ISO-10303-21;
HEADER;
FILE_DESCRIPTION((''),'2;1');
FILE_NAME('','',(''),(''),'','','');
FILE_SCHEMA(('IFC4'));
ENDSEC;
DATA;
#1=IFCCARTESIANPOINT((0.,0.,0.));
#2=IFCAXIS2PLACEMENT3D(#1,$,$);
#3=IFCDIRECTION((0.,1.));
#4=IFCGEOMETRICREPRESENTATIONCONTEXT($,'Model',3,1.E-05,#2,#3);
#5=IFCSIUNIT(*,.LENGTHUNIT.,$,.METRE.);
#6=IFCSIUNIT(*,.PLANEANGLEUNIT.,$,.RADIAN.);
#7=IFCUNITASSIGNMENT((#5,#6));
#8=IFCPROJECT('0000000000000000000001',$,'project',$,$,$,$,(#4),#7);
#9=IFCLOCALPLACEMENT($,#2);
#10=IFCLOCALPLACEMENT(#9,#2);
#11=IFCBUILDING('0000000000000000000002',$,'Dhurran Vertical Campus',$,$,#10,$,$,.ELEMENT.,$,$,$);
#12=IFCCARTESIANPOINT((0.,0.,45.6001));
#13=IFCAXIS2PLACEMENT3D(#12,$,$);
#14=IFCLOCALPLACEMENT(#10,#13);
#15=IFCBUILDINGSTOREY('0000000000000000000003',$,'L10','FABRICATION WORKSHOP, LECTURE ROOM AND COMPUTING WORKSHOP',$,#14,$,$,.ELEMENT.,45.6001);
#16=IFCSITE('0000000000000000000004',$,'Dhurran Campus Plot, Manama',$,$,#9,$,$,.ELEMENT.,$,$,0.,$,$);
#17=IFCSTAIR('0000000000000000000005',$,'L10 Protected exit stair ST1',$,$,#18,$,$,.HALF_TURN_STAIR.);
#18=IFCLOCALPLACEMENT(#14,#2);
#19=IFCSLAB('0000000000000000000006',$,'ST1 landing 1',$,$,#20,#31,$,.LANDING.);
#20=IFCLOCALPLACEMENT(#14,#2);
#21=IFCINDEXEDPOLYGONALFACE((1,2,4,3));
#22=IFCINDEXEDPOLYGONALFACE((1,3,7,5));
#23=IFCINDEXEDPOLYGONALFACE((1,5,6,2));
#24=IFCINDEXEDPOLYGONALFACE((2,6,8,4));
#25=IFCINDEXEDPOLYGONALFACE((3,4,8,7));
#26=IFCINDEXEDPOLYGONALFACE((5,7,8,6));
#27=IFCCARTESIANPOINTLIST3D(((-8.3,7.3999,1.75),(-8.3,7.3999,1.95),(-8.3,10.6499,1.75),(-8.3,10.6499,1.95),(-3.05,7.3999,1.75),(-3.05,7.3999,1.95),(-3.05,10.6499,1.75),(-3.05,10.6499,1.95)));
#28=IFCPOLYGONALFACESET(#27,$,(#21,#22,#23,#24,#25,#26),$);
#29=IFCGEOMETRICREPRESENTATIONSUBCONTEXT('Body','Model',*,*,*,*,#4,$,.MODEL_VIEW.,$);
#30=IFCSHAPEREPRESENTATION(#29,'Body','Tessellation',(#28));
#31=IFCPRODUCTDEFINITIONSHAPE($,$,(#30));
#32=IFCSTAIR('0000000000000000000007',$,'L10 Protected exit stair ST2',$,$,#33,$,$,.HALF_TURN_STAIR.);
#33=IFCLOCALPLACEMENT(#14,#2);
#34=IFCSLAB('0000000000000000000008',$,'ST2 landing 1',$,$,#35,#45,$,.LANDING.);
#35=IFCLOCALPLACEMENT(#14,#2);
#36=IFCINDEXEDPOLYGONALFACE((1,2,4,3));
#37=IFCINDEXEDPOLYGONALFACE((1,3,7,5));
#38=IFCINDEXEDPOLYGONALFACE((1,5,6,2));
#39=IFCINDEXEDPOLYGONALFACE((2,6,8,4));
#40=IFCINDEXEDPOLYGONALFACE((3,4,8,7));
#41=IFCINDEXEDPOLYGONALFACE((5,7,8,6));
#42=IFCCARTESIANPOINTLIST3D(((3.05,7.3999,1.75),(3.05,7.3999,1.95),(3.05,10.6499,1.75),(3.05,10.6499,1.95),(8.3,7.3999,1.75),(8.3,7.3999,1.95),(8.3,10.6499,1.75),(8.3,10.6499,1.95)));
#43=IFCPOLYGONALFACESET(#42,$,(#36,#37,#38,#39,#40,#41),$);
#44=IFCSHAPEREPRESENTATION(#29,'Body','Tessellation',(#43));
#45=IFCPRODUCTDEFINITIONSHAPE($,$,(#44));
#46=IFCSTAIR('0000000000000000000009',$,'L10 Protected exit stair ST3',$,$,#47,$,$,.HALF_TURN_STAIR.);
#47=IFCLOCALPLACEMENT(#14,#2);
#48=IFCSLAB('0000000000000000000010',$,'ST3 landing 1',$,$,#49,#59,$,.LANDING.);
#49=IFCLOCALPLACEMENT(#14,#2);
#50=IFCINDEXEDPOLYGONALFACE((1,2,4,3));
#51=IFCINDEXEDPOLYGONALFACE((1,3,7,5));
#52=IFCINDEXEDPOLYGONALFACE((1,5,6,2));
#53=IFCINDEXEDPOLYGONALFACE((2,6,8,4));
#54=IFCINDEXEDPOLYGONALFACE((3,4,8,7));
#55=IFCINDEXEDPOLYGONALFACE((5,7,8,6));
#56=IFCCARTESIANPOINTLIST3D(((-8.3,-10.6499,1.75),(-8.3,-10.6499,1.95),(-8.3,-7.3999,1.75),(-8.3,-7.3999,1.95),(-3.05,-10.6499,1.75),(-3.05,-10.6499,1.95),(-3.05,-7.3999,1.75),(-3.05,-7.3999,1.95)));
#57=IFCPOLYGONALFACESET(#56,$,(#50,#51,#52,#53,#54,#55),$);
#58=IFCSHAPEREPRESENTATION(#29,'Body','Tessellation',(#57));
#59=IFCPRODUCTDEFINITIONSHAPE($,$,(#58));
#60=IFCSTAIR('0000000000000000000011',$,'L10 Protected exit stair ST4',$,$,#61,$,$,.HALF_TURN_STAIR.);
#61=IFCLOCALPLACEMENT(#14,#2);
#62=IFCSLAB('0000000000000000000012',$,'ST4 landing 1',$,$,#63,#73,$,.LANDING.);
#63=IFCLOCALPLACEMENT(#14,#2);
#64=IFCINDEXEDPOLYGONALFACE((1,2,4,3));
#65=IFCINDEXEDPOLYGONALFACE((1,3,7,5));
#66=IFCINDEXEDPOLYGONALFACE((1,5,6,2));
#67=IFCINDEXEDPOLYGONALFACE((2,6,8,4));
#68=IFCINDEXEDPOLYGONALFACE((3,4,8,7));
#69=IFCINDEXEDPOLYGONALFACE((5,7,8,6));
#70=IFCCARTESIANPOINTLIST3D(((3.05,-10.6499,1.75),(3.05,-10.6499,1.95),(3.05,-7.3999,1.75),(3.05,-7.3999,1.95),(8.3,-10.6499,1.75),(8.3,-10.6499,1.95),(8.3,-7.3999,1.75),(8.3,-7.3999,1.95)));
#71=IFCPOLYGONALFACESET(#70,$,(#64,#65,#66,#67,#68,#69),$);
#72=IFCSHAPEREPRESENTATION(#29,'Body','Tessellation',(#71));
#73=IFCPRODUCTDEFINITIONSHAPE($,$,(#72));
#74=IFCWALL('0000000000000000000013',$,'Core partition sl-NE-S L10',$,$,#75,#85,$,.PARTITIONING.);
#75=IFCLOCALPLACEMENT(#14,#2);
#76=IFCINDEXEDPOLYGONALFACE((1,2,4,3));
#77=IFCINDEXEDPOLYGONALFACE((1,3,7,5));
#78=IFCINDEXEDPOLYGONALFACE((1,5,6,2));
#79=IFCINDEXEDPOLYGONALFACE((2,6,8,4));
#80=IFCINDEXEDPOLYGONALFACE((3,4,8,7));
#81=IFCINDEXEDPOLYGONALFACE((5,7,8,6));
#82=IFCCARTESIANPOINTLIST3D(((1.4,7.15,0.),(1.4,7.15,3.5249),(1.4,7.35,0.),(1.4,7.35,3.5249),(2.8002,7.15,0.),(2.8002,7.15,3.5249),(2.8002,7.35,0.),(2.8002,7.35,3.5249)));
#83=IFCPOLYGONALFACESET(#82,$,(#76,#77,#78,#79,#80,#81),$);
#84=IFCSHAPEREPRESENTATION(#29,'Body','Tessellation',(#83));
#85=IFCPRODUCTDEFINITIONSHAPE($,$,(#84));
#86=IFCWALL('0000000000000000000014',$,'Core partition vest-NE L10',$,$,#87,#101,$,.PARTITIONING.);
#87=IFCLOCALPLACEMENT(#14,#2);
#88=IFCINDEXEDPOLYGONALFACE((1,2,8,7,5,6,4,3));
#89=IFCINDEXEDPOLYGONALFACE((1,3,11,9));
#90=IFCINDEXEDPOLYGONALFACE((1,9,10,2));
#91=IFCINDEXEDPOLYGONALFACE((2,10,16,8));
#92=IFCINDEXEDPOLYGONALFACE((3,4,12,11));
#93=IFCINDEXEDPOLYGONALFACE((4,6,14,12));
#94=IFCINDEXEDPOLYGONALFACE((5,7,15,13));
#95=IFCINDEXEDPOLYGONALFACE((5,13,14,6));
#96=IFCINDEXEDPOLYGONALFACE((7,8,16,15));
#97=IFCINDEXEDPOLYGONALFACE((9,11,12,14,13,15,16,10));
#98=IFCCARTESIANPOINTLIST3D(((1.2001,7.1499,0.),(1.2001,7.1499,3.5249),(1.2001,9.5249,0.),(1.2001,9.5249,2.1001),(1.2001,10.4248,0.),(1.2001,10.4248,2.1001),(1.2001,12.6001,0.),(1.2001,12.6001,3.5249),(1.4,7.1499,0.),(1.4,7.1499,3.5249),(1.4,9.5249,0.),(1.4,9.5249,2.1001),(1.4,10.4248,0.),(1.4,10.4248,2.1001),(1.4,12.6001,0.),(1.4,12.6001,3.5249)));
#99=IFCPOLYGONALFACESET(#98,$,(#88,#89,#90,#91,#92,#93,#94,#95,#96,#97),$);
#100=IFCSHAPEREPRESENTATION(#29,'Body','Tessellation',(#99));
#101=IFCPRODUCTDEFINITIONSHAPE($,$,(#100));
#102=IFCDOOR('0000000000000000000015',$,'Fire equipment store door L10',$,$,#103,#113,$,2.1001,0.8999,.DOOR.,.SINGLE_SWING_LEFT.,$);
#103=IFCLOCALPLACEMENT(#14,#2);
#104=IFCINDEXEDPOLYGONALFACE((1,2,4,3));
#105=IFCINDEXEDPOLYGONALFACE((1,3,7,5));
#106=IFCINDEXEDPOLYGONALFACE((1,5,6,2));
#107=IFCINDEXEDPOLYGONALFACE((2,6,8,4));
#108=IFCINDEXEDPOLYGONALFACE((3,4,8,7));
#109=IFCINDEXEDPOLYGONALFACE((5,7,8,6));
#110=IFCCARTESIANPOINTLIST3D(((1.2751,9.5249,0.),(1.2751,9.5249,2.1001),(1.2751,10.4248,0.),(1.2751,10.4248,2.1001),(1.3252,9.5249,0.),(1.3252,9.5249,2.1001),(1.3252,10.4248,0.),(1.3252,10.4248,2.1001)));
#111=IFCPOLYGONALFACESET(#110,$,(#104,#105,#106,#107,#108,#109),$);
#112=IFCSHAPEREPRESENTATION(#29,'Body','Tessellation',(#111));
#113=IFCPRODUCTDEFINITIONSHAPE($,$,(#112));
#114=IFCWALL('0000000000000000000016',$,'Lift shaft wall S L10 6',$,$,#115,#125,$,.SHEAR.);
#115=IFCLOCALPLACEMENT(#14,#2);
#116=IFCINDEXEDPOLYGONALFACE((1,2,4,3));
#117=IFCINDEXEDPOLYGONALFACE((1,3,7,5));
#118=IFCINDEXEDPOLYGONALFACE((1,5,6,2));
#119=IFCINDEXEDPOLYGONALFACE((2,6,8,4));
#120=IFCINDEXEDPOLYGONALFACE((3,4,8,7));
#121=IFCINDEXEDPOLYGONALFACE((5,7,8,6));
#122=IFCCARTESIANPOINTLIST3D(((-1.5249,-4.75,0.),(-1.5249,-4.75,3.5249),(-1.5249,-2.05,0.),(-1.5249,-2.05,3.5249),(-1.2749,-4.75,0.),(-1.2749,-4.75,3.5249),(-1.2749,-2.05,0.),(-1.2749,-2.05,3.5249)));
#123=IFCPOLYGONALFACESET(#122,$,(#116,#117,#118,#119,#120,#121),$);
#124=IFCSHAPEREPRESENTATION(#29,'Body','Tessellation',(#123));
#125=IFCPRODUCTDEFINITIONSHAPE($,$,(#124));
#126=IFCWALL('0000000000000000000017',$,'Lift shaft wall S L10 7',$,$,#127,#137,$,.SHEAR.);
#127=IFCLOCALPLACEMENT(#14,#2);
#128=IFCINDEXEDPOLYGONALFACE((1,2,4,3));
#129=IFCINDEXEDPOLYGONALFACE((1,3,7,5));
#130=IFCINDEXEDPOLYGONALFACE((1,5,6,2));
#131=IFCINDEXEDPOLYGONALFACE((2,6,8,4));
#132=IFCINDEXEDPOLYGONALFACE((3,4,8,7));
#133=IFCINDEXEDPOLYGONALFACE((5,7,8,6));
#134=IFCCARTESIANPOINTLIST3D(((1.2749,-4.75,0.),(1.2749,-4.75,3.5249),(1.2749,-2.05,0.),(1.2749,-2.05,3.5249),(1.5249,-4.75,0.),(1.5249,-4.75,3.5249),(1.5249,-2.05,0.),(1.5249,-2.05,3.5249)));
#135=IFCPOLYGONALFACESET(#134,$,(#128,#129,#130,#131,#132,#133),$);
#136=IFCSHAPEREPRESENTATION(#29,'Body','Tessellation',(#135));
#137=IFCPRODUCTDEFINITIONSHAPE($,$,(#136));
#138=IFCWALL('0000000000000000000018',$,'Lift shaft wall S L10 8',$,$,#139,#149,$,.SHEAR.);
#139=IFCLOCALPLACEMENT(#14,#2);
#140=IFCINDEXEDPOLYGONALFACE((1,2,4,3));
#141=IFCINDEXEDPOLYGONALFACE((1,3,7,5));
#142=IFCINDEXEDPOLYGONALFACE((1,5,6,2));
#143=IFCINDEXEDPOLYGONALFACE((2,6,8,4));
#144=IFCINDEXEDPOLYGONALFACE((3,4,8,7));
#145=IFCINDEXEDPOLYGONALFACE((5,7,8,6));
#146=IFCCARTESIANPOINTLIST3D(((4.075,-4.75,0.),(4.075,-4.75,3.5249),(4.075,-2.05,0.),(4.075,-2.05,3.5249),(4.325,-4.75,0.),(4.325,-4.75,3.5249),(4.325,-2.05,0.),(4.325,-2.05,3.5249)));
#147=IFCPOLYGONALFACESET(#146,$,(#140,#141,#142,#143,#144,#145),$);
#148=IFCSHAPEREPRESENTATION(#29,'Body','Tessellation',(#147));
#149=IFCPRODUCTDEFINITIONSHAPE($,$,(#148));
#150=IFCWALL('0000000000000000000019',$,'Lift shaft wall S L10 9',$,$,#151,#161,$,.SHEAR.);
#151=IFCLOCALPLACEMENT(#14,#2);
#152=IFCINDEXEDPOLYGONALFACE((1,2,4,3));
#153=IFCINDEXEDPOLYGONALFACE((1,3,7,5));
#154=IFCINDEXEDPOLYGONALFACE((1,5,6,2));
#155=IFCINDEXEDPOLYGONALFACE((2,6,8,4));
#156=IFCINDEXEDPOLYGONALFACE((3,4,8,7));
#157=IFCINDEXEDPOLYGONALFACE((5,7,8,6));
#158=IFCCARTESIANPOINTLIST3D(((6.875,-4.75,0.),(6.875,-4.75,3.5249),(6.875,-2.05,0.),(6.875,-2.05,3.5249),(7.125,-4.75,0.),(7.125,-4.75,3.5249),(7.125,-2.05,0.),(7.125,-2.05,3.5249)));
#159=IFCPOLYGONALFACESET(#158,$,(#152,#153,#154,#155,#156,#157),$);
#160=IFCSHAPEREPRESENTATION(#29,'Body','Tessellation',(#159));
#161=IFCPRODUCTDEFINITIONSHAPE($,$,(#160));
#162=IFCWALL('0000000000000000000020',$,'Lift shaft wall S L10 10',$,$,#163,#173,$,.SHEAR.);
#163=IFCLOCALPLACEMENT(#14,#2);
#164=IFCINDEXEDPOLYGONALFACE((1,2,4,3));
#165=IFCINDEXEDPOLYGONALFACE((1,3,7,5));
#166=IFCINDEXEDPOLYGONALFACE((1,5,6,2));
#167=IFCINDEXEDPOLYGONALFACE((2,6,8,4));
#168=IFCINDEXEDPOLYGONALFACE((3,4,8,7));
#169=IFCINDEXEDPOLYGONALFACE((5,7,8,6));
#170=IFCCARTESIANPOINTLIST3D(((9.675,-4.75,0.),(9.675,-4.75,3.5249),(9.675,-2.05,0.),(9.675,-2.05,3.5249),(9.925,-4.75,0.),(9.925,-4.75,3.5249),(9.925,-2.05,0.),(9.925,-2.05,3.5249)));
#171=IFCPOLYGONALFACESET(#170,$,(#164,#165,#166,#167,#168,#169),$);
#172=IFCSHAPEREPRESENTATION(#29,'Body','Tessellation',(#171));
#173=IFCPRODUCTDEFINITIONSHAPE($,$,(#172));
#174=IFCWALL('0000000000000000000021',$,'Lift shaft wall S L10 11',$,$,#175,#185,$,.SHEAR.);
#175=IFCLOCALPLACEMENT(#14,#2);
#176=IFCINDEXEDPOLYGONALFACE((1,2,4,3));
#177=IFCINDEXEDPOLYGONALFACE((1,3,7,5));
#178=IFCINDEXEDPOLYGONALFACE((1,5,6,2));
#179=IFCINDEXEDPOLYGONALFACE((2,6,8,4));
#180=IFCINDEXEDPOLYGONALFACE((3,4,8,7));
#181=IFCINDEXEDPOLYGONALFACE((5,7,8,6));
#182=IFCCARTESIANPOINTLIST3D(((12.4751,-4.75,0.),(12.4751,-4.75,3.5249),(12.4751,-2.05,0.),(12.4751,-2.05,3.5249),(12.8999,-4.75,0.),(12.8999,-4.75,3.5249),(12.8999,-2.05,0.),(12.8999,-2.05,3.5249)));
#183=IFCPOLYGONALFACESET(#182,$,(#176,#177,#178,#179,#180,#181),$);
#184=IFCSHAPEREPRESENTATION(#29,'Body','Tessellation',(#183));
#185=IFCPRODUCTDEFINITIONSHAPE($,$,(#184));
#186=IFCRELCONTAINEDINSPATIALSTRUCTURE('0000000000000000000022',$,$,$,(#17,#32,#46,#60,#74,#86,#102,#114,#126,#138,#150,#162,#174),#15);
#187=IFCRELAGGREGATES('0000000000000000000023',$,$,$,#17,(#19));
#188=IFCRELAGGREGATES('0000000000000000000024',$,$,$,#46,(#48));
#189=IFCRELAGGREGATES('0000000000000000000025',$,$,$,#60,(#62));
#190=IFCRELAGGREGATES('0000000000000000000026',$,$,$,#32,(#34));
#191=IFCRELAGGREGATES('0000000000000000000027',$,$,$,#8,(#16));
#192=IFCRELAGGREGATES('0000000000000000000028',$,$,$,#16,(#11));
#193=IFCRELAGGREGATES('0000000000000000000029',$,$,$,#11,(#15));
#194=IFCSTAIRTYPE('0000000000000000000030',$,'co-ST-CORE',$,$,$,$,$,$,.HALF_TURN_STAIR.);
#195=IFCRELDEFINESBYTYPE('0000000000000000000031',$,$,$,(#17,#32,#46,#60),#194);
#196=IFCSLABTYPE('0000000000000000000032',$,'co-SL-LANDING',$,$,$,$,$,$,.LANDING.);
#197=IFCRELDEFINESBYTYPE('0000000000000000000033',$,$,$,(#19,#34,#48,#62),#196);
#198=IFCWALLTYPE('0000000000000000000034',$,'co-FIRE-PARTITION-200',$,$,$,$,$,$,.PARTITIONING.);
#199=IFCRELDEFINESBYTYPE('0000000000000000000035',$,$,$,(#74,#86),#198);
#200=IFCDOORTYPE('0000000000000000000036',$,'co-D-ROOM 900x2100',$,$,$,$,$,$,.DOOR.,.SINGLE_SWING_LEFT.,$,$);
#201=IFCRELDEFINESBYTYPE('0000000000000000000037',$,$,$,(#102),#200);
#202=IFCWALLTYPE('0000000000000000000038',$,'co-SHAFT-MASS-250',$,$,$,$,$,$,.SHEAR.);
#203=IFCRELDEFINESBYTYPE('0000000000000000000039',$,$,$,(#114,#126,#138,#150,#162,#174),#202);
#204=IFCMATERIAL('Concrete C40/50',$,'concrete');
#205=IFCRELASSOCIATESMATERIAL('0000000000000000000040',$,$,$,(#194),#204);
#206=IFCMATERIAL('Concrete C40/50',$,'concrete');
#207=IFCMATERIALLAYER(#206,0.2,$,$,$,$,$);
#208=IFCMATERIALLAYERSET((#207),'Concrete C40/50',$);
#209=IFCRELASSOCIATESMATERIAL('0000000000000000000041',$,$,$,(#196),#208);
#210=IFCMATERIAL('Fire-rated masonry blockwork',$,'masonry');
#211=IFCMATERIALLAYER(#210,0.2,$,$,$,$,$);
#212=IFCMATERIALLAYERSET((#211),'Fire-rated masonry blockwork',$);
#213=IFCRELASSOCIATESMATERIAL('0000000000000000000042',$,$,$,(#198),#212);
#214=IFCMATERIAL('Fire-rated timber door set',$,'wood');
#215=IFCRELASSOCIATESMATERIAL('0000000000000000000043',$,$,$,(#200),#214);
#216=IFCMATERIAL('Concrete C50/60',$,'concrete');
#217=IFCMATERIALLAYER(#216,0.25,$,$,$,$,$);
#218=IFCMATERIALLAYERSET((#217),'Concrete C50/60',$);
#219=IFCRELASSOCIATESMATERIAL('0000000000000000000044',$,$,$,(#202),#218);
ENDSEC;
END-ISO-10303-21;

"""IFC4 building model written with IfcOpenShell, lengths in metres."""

from ifc_helpers import new_model, si_unit, direction, frame, frame_2d, origin, place, context, subcontext, project, spatial, polyline, rectangle, outline, extrude, material, layer, layer_set, type_object, element, fill, aggregate, save


model = new_model("IFC4")

# Units and contexts
model_context = context("Model", 3, precision=1e-05, world=origin(), true_north=direction((0.0, 1.0)))
body_context = subcontext(model_context, "Body", "Model", "MODEL_VIEW")
ifc_project = project(units=[si_unit("LENGTHUNIT", "METRE"), si_unit("PLANEANGLEUNIT", "RADIAN")], contexts=[model_context])

# Site, building, storey
site_placement = place(None, origin())
site = spatial("IfcSite", under=ifc_project, at=site_placement, Name="Dhurran Campus Plot, Manama", CompositionType="ELEMENT", RefElevation=0.0)
building_placement = place(site_placement, origin())
building = spatial("IfcBuilding", under=site, at=building_placement, Name="Dhurran Vertical Campus", CompositionType="ELEMENT")
storey_placement = place(building_placement, frame((0.0, 0.0, 45.6001)))
storey = spatial("IfcBuildingStorey", under=building, at=storey_placement, Name="L10", Description="FABRICATION WORKSHOP, LECTURE ROOM AND COMPUTING WORKSHOP", CompositionType="ELEMENT", Elevation=45.6001)

# Stairs, slabs
ifc_material_1 = material(Name="Concrete C40/50", Category="concrete")
stair_type = type_object("IfcStairType", Name="co-ST-CORE", PredefinedType="HALF_TURN_STAIR", material=ifc_material_1)
stair_1_placement = place(storey_placement, origin())
stair_1 = element("IfcStair", 1, at=stair_1_placement, inside=storey, type_object=stair_type, Name="L10 Protected exit stair ST1", PredefinedType="HALF_TURN_STAIR")
ifc_material_2 = material(Name="Concrete C40/50", Category="concrete")
ifc_layer_1 = layer(ifc_material_2, 0.2)
ifc_layer_set_1 = layer_set([ifc_layer_1], Name="Concrete C40/50")
slab_type = type_object("IfcSlabType", Name="co-SL-LANDING", PredefinedType="LANDING", material=ifc_layer_set_1)
slab_1_placement = place(storey_placement, frame((0.0, 0.0, 1.75)))
slab_1 = element("IfcSlab", 2, at=slab_1_placement, type_object=slab_type, Name="ST1 landing 1", PredefinedType="LANDING", context=body_context, shape_type="SweptSolid", body=[
    extrude(outline(polyline([(-8.3, 7.3999), (-3.05, 7.3999), (-3.05, 10.6499), (-8.3, 10.6499), (-8.3, 7.3999)])), origin(), (0.0, 0.0, 1.0), 0.2),
])
aggregate(stair_1, [slab_1])
stair_2_placement = place(storey_placement, origin())
stair_2 = element("IfcStair", 3, at=stair_2_placement, inside=storey, type_object=stair_type, Name="L10 Protected exit stair ST2", PredefinedType="HALF_TURN_STAIR")
slab_2_placement = place(storey_placement, frame((0.0, 0.0, 1.75)))
slab_2 = element("IfcSlab", 4, at=slab_2_placement, type_object=slab_type, Name="ST2 landing 1", PredefinedType="LANDING", context=body_context, shape_type="SweptSolid", body=[
    extrude(outline(polyline([(8.3, 10.6499), (3.05, 10.6499), (3.05, 7.3999), (8.3, 7.3999), (8.3, 10.6499)])), origin(), (0.0, 0.0, 1.0), 0.2),
])
stair_3_placement = place(storey_placement, origin())
stair_3 = element("IfcStair", 5, at=stair_3_placement, inside=storey, type_object=stair_type, Name="L10 Protected exit stair ST3", PredefinedType="HALF_TURN_STAIR")
slab_3_placement = place(storey_placement, frame((0.0, 0.0, 1.75)))
slab_3 = element("IfcSlab", 6, at=slab_3_placement, type_object=slab_type, Name="ST3 landing 1", PredefinedType="LANDING", context=body_context, shape_type="SweptSolid", body=[
    extrude(outline(polyline([(-8.3, -10.6499), (-3.05, -10.6499), (-3.05, -7.3999), (-8.3, -7.3999), (-8.3, -10.6499)])), origin(), (0.0, 0.0, 1.0), 0.2),
])
aggregate(stair_3, [slab_3])
stair_4_placement = place(storey_placement, origin())
stair_4 = element("IfcStair", 7, at=stair_4_placement, inside=storey, type_object=stair_type, Name="L10 Protected exit stair ST4", PredefinedType="HALF_TURN_STAIR")
slab_4_placement = place(storey_placement, frame((0.0, 0.0, 1.75)))
slab_4 = element("IfcSlab", 8, at=slab_4_placement, type_object=slab_type, Name="ST4 landing 1", PredefinedType="LANDING", context=body_context, shape_type="SweptSolid", body=[
    extrude(outline(polyline([(8.3, -7.3999), (3.05, -7.3999), (3.05, -10.6499), (8.3, -10.6499), (8.3, -7.3999)])), origin(), (0.0, 0.0, 1.0), 0.2),
])
aggregate(stair_4, [slab_4])

# Wall
ifc_material_3 = material(Name="Fire-rated masonry blockwork", Category="masonry")
ifc_layer_2 = layer(ifc_material_3, 0.2)
ifc_layer_set_2 = layer_set([ifc_layer_2], Name="Fire-rated masonry blockwork")
wall_type_1 = type_object("IfcWallType", Name="co-FIRE-PARTITION-200", PredefinedType="PARTITIONING", material=ifc_layer_set_2)
wall_1_placement = place(storey_placement, frame((1.3999, 7.25, 0.0), z_axis=(0.0, 0.0, 1.0), x_axis=(1.0, 0.0, 0.0)))
element("IfcWall", 9, at=wall_1_placement, inside=storey, type_object=wall_type_1, Name="Core partition sl-NE-S L10", PredefinedType="PARTITIONING", context=body_context, shape_type="SweptSolid", body=[
    extrude(rectangle(XDim=1.4001, YDim=0.2, at=frame_2d((0.7002, 0.0))), origin(), (0.0, 0.0, 1.0), 3.5249),
])

# Wall, opening, door
wall_2_placement = place(storey_placement, frame((1.3, 7.1499, 0.0), z_axis=(0.0, 0.0, 1.0), x_axis=(0.0, 1.0, 0.0)))
wall_2 = element("IfcWall", 10, at=wall_2_placement, inside=storey, type_object=wall_type_1, Name="Core partition vest-NE L10", PredefinedType="PARTITIONING", context=body_context, shape_type="SweptSolid", body=[
    extrude(rectangle(XDim=5.4502, YDim=0.2, at=frame_2d((2.7251, 0.0))), origin(), (0.0, 0.0, 1.0), 3.5249),
])
opening_1_placement = place(wall_2_placement, frame((2.375, 0.0, 0.0)))
opening_1 = element("IfcOpeningElement", 11, at=opening_1_placement, cuts=wall_2, PredefinedType="OPENING", context=body_context, shape_type="SweptSolid", body=[
    extrude(rectangle(XDim=0.8999, YDim=2.1001, at=frame_2d((0.45, 1.05))), frame((0.0, 0.1099, 0.0), z_axis=(0.0, -1.0, 0.0), x_axis=(1.0, 0.0, 0.0)), (0.0, 0.0, 1.0), 0.22),
])
ifc_material_4 = material(Name="Fire-rated timber door set", Category="wood")
door_type_1 = type_object("IfcDoorType", Name="co-D-ROOM 900x2100", OperationType="SINGLE_SWING_LEFT", PredefinedType="DOOR", material=ifc_material_4)
door_1_placement = place(opening_1_placement, origin())
door_1 = element("IfcDoor", 12, at=door_1_placement, inside=storey, type_object=door_type_1, Name="Fire equipment store door L10", OperationType="SINGLE_SWING_LEFT", OverallHeight=2.1001, OverallWidth=0.8999, PredefinedType="DOOR", context=body_context, shape_type="SweptSolid", body=[
    extrude(rectangle(XDim=0.8999, YDim=2.1001, at=frame_2d((0.45, 1.05))), frame((0.0, 0.0249, 0.0), z_axis=(0.0, -1.0, 0.0), x_axis=(1.0, 0.0, 0.0)), (0.0, 0.0, 1.0), 0.05),
])
fill(opening_1, door_1)

# Walls
ifc_material_5 = material(Name="Concrete C50/60", Category="concrete")
ifc_layer_3 = layer(ifc_material_5, 0.25)
ifc_layer_set_3 = layer_set([ifc_layer_3], Name="Concrete C50/60")
wall_type_2 = type_object("IfcWallType", Name="co-SHAFT-MASS-250", PredefinedType="SHEAR", material=ifc_layer_set_3)
wall_3_placement = place(storey_placement, origin())
element("IfcWall", 13, at=wall_3_placement, inside=storey, type_object=wall_type_2, Name="Lift shaft wall S L10 6", PredefinedType="SHEAR", context=body_context, shape_type="SweptSolid", body=[
    extrude(outline(polyline([(-1.5249, -4.75), (-1.2749, -4.75), (-1.2749, -2.05), (-1.5249, -2.05), (-1.5249, -4.75)])), origin(), (0.0, 0.0, 1.0), 3.5249),
])
wall_4_placement = place(storey_placement, origin())
element("IfcWall", 14, at=wall_4_placement, inside=storey, type_object=wall_type_2, Name="Lift shaft wall S L10 7", PredefinedType="SHEAR", context=body_context, shape_type="SweptSolid", body=[
    extrude(outline(polyline([(1.2749, -4.75), (1.5249, -4.75), (1.5249, -2.05), (1.2749, -2.05), (1.2749, -4.75)])), origin(), (0.0, 0.0, 1.0), 3.5249),
])
wall_5_placement = place(storey_placement, origin())
element("IfcWall", 15, at=wall_5_placement, inside=storey, type_object=wall_type_2, Name="Lift shaft wall S L10 8", PredefinedType="SHEAR", context=body_context, shape_type="SweptSolid", body=[
    extrude(outline(polyline([(4.075, -4.75), (4.325, -4.75), (4.325, -2.05), (4.075, -2.05), (4.075, -4.75)])), origin(), (0.0, 0.0, 1.0), 3.5249),
])
wall_6_placement = place(storey_placement, origin())
element("IfcWall", 16, at=wall_6_placement, inside=storey, type_object=wall_type_2, Name="Lift shaft wall S L10 9", PredefinedType="SHEAR", context=body_context, shape_type="SweptSolid", body=[
    extrude(outline(polyline([(6.875, -4.75), (7.125, -4.75), (7.125, -2.05), (6.875, -2.05), (6.875, -4.75)])), origin(), (0.0, 0.0, 1.0), 3.5249),
])
wall_7_placement = place(storey_placement, origin())
element("IfcWall", 17, at=wall_7_placement, inside=storey, type_object=wall_type_2, Name="Lift shaft wall S L10 10", PredefinedType="SHEAR", context=body_context, shape_type="SweptSolid", body=[
    extrude(outline(polyline([(9.675, -4.75), (9.925, -4.75), (9.925, -2.05), (9.675, -2.05), (9.675, -4.75)])), origin(), (0.0, 0.0, 1.0), 3.5249),
])
wall_8_placement = place(storey_placement, origin())
element("IfcWall", 18, at=wall_8_placement, inside=storey, type_object=wall_type_2, Name="Lift shaft wall S L10 11", PredefinedType="SHEAR", context=body_context, shape_type="SweptSolid", body=[
    extrude(outline(polyline([(12.4751, -4.75), (12.8999, -4.75), (12.8999, -2.05), (12.4751, -2.05), (12.4751, -4.75)])), origin(), (0.0, 0.0, 1.0), 3.5249),
])

aggregate(stair_2, [slab_2])

save(model, "model.ifc")
